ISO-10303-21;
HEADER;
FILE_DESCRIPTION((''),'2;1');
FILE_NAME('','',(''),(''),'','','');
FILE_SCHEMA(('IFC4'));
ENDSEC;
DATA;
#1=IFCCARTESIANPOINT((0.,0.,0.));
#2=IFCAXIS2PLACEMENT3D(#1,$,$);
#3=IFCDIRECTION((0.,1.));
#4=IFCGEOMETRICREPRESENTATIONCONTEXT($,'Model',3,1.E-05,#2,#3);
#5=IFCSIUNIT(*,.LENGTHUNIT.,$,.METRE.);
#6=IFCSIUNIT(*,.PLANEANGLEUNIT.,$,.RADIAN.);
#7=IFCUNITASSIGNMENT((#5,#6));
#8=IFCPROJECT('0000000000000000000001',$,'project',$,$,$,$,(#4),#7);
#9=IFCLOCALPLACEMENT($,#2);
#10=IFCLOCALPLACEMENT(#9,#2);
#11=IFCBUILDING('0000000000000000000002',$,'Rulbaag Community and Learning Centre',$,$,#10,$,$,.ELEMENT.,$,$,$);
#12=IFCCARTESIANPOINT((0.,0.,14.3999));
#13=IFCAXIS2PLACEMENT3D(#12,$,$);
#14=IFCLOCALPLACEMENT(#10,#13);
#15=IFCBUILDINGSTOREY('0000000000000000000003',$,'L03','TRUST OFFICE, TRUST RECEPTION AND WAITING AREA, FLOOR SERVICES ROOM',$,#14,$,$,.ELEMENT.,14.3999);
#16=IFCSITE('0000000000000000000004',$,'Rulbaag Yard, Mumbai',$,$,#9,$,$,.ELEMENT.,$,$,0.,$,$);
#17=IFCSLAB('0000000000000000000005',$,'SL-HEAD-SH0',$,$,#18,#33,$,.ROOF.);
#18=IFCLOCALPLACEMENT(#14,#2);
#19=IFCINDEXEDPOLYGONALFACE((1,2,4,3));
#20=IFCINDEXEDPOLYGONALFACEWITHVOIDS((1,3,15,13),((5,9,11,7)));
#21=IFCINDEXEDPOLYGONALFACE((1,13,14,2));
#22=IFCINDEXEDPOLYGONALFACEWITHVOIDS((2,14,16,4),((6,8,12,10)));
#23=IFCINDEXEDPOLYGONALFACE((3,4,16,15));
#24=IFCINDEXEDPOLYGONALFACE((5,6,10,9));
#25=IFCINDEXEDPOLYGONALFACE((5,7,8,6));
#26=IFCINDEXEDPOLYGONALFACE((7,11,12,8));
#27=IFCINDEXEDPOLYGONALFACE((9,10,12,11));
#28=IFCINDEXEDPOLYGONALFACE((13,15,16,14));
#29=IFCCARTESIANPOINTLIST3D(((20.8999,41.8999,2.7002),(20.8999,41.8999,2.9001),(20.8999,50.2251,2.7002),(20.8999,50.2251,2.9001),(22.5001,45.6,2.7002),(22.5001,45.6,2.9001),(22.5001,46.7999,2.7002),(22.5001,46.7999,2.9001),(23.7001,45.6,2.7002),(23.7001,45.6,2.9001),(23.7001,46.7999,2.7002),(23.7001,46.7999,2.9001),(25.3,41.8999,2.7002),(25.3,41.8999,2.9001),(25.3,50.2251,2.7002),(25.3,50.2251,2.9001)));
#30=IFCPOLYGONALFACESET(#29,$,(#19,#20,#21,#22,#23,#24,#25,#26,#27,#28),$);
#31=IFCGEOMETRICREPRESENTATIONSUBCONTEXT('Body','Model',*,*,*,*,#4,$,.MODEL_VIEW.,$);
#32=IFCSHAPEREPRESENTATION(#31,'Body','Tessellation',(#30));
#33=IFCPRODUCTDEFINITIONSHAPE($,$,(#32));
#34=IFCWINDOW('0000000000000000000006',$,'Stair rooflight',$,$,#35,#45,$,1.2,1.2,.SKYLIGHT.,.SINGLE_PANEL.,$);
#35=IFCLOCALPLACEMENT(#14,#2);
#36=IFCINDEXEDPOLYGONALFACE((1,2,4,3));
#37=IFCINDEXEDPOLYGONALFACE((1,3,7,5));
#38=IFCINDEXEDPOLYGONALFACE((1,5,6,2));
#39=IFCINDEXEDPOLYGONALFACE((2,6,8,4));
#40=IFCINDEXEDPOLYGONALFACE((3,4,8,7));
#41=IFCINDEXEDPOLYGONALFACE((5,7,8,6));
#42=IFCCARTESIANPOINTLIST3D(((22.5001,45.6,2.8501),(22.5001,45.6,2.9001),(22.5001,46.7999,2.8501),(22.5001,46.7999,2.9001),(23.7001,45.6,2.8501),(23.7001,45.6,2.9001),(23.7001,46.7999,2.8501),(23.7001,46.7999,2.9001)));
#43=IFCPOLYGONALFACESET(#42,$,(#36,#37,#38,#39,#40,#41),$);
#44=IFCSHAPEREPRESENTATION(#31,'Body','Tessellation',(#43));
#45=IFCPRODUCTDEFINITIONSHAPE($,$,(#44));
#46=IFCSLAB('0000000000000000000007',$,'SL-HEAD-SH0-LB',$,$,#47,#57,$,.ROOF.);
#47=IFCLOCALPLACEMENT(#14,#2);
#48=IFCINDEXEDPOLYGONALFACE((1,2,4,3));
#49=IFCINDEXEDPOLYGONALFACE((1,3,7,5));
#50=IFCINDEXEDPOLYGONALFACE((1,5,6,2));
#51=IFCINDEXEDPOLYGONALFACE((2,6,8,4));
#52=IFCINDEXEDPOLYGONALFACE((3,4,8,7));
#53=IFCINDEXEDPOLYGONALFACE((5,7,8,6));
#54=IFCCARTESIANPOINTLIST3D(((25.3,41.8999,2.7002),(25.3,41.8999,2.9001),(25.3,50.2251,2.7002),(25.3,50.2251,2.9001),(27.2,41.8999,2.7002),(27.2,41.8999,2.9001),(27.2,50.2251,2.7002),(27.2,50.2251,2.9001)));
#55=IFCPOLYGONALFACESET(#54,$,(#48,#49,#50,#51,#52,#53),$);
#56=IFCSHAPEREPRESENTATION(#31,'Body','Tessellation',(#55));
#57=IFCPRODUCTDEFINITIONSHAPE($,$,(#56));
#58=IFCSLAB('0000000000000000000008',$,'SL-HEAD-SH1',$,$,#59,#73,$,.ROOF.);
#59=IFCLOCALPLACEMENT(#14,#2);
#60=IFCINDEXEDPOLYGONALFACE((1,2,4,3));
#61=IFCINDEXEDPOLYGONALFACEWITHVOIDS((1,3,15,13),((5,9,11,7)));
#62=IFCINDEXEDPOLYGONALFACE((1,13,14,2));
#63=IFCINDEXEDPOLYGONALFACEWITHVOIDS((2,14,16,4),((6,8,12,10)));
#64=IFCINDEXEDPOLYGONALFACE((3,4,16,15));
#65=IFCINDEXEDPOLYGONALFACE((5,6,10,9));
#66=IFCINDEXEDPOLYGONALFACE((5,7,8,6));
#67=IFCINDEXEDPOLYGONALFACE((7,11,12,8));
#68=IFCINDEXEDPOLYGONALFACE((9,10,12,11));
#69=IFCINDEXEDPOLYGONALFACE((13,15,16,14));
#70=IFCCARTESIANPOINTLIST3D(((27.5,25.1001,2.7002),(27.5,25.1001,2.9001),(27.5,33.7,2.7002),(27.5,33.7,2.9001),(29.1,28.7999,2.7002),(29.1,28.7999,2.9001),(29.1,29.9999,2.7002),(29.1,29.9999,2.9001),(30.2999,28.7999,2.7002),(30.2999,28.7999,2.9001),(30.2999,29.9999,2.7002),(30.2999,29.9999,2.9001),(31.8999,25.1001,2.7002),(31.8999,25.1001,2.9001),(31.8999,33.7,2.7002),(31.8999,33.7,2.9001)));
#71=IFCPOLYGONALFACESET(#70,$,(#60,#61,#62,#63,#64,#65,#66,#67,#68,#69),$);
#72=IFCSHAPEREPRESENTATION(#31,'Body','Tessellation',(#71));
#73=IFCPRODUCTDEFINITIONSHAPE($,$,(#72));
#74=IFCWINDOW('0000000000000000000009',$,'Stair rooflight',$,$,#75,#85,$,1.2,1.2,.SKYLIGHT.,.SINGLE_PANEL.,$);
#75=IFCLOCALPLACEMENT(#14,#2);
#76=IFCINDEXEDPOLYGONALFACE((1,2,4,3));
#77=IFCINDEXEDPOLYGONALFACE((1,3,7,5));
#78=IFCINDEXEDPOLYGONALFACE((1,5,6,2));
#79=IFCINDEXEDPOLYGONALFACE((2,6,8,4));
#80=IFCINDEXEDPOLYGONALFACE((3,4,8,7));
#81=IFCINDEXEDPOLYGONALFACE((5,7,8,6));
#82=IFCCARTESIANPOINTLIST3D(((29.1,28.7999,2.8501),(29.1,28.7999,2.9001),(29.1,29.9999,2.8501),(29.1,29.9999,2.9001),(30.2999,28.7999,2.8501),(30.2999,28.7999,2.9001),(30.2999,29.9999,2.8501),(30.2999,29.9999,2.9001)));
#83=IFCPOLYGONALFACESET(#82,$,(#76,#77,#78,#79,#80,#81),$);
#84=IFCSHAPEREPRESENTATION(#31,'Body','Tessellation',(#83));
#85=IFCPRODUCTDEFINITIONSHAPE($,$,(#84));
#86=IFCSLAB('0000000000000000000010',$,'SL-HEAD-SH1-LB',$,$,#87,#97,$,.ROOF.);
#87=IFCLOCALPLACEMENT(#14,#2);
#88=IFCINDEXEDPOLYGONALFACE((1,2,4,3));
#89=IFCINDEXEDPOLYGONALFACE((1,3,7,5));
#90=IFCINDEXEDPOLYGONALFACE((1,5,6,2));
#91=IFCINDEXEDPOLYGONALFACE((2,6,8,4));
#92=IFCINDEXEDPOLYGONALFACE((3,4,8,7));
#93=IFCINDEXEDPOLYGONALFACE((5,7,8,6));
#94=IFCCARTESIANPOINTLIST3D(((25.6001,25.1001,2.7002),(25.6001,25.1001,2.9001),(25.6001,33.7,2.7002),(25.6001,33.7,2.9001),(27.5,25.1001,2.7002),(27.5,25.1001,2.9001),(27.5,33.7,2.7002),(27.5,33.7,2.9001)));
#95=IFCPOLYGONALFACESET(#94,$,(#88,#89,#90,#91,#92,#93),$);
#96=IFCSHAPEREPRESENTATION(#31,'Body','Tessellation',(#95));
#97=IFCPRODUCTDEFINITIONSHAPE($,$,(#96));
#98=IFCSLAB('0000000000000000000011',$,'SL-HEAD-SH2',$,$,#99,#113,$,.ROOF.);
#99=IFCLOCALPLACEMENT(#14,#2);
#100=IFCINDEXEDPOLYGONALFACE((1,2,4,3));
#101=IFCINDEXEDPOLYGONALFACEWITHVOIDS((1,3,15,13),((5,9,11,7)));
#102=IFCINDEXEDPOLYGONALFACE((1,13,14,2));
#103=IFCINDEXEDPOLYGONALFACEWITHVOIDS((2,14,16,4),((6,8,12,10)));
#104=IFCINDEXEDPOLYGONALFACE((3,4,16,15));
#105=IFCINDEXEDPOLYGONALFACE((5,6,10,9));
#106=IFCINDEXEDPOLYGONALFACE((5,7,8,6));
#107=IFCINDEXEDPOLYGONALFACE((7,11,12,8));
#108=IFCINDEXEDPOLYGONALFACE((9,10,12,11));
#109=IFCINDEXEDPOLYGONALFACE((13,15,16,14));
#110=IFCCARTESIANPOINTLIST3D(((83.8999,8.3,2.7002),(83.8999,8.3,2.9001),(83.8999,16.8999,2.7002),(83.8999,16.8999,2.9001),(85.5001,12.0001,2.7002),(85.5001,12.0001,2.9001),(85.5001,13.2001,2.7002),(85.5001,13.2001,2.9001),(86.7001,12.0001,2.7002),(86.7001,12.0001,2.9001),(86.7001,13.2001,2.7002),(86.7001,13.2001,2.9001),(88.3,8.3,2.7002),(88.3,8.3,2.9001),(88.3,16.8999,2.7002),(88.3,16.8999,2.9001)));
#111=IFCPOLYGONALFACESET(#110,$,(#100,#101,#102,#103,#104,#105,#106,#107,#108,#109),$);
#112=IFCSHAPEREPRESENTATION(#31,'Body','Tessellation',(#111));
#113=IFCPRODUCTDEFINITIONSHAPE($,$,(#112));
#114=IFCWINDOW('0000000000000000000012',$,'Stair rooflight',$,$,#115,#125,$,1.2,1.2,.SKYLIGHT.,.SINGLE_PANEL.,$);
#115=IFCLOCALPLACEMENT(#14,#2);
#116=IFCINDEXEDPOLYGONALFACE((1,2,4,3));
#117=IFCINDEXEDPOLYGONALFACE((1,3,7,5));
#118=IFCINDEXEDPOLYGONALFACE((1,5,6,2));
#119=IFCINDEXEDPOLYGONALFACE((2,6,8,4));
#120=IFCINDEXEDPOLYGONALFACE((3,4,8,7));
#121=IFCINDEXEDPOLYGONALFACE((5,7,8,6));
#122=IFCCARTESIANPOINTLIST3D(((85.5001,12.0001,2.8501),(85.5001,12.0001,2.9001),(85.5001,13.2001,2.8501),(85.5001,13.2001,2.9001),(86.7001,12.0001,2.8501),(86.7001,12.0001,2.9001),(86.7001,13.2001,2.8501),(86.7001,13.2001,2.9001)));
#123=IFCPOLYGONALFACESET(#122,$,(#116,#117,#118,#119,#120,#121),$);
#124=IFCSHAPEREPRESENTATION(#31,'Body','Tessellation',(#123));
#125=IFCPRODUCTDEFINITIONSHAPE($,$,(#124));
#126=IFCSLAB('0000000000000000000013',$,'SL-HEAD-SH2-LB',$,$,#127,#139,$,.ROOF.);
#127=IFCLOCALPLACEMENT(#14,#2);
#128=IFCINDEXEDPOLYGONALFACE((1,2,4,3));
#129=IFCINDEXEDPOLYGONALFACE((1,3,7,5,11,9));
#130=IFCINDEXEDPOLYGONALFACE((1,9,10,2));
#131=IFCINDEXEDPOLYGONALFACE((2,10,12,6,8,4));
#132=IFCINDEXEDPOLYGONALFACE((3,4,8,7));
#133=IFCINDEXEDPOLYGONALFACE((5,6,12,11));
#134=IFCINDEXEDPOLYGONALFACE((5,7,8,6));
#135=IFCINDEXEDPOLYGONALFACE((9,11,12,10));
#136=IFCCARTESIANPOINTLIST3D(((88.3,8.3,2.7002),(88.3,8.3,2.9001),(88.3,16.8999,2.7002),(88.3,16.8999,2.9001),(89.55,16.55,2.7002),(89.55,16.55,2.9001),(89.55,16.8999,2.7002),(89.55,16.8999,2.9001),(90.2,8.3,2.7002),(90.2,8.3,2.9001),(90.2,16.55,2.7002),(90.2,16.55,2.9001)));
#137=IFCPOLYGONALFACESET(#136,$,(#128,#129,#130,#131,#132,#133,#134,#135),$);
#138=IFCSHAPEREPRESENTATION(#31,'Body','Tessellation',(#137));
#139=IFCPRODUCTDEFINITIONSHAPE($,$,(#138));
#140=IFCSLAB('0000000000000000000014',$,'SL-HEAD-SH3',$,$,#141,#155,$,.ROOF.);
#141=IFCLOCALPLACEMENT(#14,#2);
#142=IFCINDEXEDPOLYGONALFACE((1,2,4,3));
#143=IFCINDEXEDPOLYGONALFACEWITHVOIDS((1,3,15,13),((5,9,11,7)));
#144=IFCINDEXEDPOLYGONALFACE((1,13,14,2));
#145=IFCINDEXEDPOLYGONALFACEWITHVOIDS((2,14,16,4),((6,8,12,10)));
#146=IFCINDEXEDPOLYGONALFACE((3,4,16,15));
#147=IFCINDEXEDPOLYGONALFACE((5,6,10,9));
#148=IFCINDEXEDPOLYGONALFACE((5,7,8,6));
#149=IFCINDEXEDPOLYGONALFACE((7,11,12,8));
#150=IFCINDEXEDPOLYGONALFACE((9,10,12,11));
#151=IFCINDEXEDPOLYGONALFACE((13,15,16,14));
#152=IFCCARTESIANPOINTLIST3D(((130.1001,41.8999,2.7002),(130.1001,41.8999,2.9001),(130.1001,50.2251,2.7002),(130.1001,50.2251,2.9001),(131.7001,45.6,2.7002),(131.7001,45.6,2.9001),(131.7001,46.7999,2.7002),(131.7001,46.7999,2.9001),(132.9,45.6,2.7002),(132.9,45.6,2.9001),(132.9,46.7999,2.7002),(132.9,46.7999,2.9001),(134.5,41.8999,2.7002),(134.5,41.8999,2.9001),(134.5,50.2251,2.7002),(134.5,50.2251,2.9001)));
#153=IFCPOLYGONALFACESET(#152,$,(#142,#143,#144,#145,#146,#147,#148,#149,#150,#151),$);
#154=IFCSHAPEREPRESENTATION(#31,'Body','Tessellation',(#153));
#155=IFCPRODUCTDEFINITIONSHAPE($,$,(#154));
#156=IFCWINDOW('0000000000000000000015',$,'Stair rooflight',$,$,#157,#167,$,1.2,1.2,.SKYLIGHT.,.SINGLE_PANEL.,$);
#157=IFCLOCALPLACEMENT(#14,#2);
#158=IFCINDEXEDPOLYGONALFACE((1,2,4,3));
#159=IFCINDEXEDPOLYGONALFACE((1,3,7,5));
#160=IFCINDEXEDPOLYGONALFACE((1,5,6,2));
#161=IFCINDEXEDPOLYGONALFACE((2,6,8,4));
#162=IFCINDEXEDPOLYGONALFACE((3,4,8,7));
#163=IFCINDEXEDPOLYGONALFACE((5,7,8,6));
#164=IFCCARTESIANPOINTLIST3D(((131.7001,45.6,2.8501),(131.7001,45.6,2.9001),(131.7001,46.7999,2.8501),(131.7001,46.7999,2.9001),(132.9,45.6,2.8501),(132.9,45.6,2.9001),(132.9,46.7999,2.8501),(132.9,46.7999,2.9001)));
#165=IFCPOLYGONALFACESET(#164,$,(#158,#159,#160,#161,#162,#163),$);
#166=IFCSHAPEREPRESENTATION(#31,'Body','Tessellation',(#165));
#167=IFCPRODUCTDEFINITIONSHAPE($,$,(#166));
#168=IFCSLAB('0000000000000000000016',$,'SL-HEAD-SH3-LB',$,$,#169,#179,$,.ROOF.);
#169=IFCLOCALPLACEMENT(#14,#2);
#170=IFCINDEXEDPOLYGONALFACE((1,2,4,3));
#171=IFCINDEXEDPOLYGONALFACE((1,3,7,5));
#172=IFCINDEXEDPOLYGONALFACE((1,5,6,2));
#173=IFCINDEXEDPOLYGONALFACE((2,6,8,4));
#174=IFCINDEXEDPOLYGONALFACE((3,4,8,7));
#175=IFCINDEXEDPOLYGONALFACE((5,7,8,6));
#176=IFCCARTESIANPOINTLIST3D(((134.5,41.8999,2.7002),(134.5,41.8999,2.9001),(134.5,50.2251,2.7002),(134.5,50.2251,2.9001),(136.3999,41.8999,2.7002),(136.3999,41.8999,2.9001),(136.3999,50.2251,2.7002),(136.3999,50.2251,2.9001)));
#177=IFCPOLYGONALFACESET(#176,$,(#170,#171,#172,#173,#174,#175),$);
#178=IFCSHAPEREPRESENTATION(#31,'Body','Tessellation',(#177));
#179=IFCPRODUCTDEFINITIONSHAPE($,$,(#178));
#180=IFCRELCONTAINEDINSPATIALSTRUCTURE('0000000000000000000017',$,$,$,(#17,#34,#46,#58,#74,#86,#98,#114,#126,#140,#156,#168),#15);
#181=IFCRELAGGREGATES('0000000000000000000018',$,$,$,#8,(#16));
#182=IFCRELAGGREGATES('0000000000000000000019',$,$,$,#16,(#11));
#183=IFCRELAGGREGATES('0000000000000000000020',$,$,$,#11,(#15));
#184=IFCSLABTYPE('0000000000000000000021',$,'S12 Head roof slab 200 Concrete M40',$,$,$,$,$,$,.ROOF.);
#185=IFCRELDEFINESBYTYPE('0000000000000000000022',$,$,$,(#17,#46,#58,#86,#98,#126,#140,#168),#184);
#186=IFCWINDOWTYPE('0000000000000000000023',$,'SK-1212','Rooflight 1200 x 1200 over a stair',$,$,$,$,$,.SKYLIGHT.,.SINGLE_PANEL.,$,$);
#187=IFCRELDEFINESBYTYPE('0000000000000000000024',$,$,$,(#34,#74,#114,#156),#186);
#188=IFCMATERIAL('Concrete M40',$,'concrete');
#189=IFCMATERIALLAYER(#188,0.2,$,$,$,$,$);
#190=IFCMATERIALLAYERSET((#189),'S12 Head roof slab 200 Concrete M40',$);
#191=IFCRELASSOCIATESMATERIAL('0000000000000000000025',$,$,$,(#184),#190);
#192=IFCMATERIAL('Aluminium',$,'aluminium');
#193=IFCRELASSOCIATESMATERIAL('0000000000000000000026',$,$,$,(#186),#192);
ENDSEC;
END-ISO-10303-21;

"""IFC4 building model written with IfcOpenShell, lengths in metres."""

from ifc_helpers import new_model, si_unit, direction, frame, origin, origin_2d, place, context, subcontext, project, spatial, polyline, rectangle, outline, extrude, material, layer, layer_set, type_object, element, fill, save


model = new_model("IFC4")

# Units and contexts
model_context = context("Model", 3, precision=1e-05, world=origin(), true_north=direction((0.0, 1.0)))
body_context = subcontext(model_context, "Body", "Model", "MODEL_VIEW")
ifc_project = project(units=[si_unit("LENGTHUNIT", "METRE"), si_unit("PLANEANGLEUNIT", "RADIAN")], contexts=[model_context])

# Site, building, storey
site_placement = place(None, origin())
site = spatial("IfcSite", under=ifc_project, at=site_placement, Name="Rulbaag Yard, Mumbai", CompositionType="ELEMENT", RefElevation=0.0)
building_placement = place(site_placement, origin())
building = spatial("IfcBuilding", under=site, at=building_placement, Name="Rulbaag Community and Learning Centre", CompositionType="ELEMENT")
storey_placement = place(building_placement, frame((0.0, 0.0, 14.3999)))
storey = spatial("IfcBuildingStorey", under=building, at=storey_placement, Name="L03", Description="TRUST OFFICE, TRUST RECEPTION AND WAITING AREA, FLOOR SERVICES ROOM", CompositionType="ELEMENT", Elevation=14.3999)

# Slab, opening, window
ifc_material_1 = material(Name="Concrete M40", Category="concrete")
ifc_layer_1 = layer(ifc_material_1, 0.2)
ifc_layer_set_1 = layer_set([ifc_layer_1], Name="S12 Head roof slab 200 Concrete M40")
slab_type_1 = type_object("IfcSlabType", Name="S12 Head roof slab 200 Concrete M40", PredefinedType="ROOF", material=ifc_layer_set_1)
slab_1_placement = place(storey_placement, frame((0.0, 0.0, 2.7002)))
slab_1 = element("IfcSlab", 1, at=slab_1_placement, inside=storey, type_object=slab_type_1, Name="SL-HEAD-SH0", PredefinedType="ROOF", context=body_context, shape_type="SweptSolid", body=[
    extrude(outline(polyline([(25.3, 41.8999), (20.8999, 41.8999), (20.8999, 50.2251), (25.3, 50.2251), (25.3, 41.8999)])), origin(), (0.0, 0.0, 1.0), 0.2),
])
opening_1_placement = place(slab_1_placement, frame((23.1001, 46.2, 0.0)))
opening_1 = element("IfcOpeningElement", 2, at=opening_1_placement, cuts=slab_1, PredefinedType="OPENING", context=body_context, shape_type="SweptSolid", body=[
    extrude(rectangle(XDim=1.2, YDim=1.2, at=origin_2d()), origin(), (0.0, 0.0, 1.0), 0.2),
])
ifc_material_2 = material(Name="Aluminium", Category="aluminium")
window_type = type_object("IfcWindowType", Name="SK-1212", Description="Rooflight 1200 x 1200 over a stair", PartitioningType="SINGLE_PANEL", PredefinedType="SKYLIGHT", material=ifc_material_2)
window_1_placement = place(opening_1_placement, frame((0.0, 0.0, 0.1499)))
window_1 = element("IfcWindow", 3, at=window_1_placement, inside=storey, type_object=window_type, Name="Stair rooflight", OverallHeight=1.2, OverallWidth=1.2, PartitioningType="SINGLE_PANEL", PredefinedType="SKYLIGHT", context=body_context, shape_type="SweptSolid", body=[
    extrude(rectangle(XDim=1.2, YDim=1.2, at=origin_2d()), origin(), (0.0, 0.0, 1.0), 0.05),
])
fill(opening_1, window_1)

# Slab
slab_2_placement = place(storey_placement, frame((0.0, 0.0, 2.7002)))
element("IfcSlab", 4, at=slab_2_placement, inside=storey, type_object=slab_type_1, Name="SL-HEAD-SH0-LB", PredefinedType="ROOF", context=body_context, shape_type="SweptSolid", body=[
    extrude(outline(polyline([(27.2, 50.2251), (27.2, 41.8999), (25.3, 41.8999), (25.3, 50.2251), (27.2, 50.2251)])), origin(), (0.0, 0.0, 1.0), 0.2),
])

# Slab, opening, window
slab_3_placement = place(storey_placement, frame((0.0, 0.0, 2.7002)))
slab_3 = element("IfcSlab", 5, at=slab_3_placement, inside=storey, type_object=slab_type_1, Name="SL-HEAD-SH1", PredefinedType="ROOF", context=body_context, shape_type="SweptSolid", body=[
    extrude(outline(polyline([(31.8999, 25.1001), (27.5, 25.1001), (27.5, 33.7), (31.8999, 33.7), (31.8999, 25.1001)])), origin(), (0.0, 0.0, 1.0), 0.2),
])
opening_2_placement = place(slab_3_placement, frame((29.7, 29.3999, 0.0)))
opening_2 = element("IfcOpeningElement", 6, at=opening_2_placement, cuts=slab_3, PredefinedType="OPENING", context=body_context, shape_type="SweptSolid", body=[
    extrude(rectangle(XDim=1.2, YDim=1.2, at=origin_2d()), origin(), (0.0, 0.0, 1.0), 0.2),
])
window_2_placement = place(opening_2_placement, frame((0.0, 0.0, 0.1499)))
window_2 = element("IfcWindow", 7, at=window_2_placement, inside=storey, type_object=window_type, Name="Stair rooflight", OverallHeight=1.2, OverallWidth=1.2, PartitioningType="SINGLE_PANEL", PredefinedType="SKYLIGHT", context=body_context, shape_type="SweptSolid", body=[
    extrude(rectangle(XDim=1.2, YDim=1.2, at=origin_2d()), origin(), (0.0, 0.0, 1.0), 0.05),
])
fill(opening_2, window_2)

# Slab
slab_4_placement = place(storey_placement, frame((0.0, 0.0, 2.7002)))
element("IfcSlab", 8, at=slab_4_placement, inside=storey, type_object=slab_type_1, Name="SL-HEAD-SH1-LB", PredefinedType="ROOF", context=body_context, shape_type="SweptSolid", body=[
    extrude(outline(polyline([(27.5, 33.7), (27.5, 25.1001), (25.6001, 25.1001), (25.6001, 33.7), (27.5, 33.7)])), origin(), (0.0, 0.0, 1.0), 0.2),
])

# Slab, opening, window
slab_5_placement = place(storey_placement, frame((0.0, 0.0, 2.7002)))
slab_5 = element("IfcSlab", 9, at=slab_5_placement, inside=storey, type_object=slab_type_1, Name="SL-HEAD-SH2", PredefinedType="ROOF", context=body_context, shape_type="SweptSolid", body=[
    extrude(outline(polyline([(88.3, 8.3), (83.8999, 8.3), (83.8999, 16.8999), (88.3, 16.8999), (88.3, 8.3)])), origin(), (0.0, 0.0, 1.0), 0.2),
])
opening_3_placement = place(slab_5_placement, frame((86.1001, 12.6001, 0.0)))
opening_3 = element("IfcOpeningElement", 10, at=opening_3_placement, cuts=slab_5, PredefinedType="OPENING", context=body_context, shape_type="SweptSolid", body=[
    extrude(rectangle(XDim=1.2, YDim=1.2, at=origin_2d()), origin(), (0.0, 0.0, 1.0), 0.2),
])
window_3_placement = place(opening_3_placement, frame((0.0, 0.0, 0.1499)))
window_3 = element("IfcWindow", 11, at=window_3_placement, inside=storey, type_object=window_type, Name="Stair rooflight", OverallHeight=1.2, OverallWidth=1.2, PartitioningType="SINGLE_PANEL", PredefinedType="SKYLIGHT", context=body_context, shape_type="SweptSolid", body=[
    extrude(rectangle(XDim=1.2, YDim=1.2, at=origin_2d()), origin(), (0.0, 0.0, 1.0), 0.05),
])
fill(opening_3, window_3)

# Slab
slab_6_placement = place(storey_placement, frame((0.0, 0.0, 2.7002)))
element("IfcSlab", 12, at=slab_6_placement, inside=storey, type_object=slab_type_1, Name="SL-HEAD-SH2-LB", PredefinedType="ROOF", context=body_context, shape_type="SweptSolid", body=[
    extrude(outline(polyline([(89.55, 16.8999), (89.55, 16.55), (90.2, 16.55), (90.2, 8.3), (88.3, 8.3), (88.3, 16.8999), (89.55, 16.8999)])), origin(), (0.0, 0.0, 1.0), 0.2),
])

# Slab, opening, window
slab_7_placement = place(storey_placement, frame((0.0, 0.0, 2.7002)))
slab_7 = element("IfcSlab", 13, at=slab_7_placement, inside=storey, type_object=slab_type_1, Name="SL-HEAD-SH3", PredefinedType="ROOF", context=body_context, shape_type="SweptSolid", body=[
    extrude(outline(polyline([(134.5, 41.8999), (130.1001, 41.8999), (130.1001, 50.2251), (134.5, 50.2251), (134.5, 41.8999)])), origin(), (0.0, 0.0, 1.0), 0.2),
])
opening_4_placement = place(slab_7_placement, frame((132.3, 46.2, 0.0)))
opening_4 = element("IfcOpeningElement", 14, at=opening_4_placement, cuts=slab_7, PredefinedType="OPENING", context=body_context, shape_type="SweptSolid", body=[
    extrude(rectangle(XDim=1.2, YDim=1.2, at=origin_2d()), origin(), (0.0, 0.0, 1.0), 0.2),
])
window_4_placement = place(opening_4_placement, frame((0.0, 0.0, 0.1499)))
window_4 = element("IfcWindow", 15, at=window_4_placement, inside=storey, type_object=window_type, Name="Stair rooflight", OverallHeight=1.2, OverallWidth=1.2, PartitioningType="SINGLE_PANEL", PredefinedType="SKYLIGHT", context=body_context, shape_type="SweptSolid", body=[
    extrude(rectangle(XDim=1.2, YDim=1.2, at=origin_2d()), origin(), (0.0, 0.0, 1.0), 0.05),
])
fill(opening_4, window_4)

# Slab
slab_8_placement = place(storey_placement, frame((0.0, 0.0, 2.7002)))
element("IfcSlab", 16, at=slab_8_placement, inside=storey, type_object=slab_type_1, Name="SL-HEAD-SH3-LB", PredefinedType="ROOF", context=body_context, shape_type="SweptSolid", body=[
    extrude(outline(polyline([(136.3999, 50.2251), (136.3999, 41.8999), (134.5, 41.8999), (134.5, 50.2251), (136.3999, 50.2251)])), origin(), (0.0, 0.0, 1.0), 0.2),
])

save(model, "model.ifc")
